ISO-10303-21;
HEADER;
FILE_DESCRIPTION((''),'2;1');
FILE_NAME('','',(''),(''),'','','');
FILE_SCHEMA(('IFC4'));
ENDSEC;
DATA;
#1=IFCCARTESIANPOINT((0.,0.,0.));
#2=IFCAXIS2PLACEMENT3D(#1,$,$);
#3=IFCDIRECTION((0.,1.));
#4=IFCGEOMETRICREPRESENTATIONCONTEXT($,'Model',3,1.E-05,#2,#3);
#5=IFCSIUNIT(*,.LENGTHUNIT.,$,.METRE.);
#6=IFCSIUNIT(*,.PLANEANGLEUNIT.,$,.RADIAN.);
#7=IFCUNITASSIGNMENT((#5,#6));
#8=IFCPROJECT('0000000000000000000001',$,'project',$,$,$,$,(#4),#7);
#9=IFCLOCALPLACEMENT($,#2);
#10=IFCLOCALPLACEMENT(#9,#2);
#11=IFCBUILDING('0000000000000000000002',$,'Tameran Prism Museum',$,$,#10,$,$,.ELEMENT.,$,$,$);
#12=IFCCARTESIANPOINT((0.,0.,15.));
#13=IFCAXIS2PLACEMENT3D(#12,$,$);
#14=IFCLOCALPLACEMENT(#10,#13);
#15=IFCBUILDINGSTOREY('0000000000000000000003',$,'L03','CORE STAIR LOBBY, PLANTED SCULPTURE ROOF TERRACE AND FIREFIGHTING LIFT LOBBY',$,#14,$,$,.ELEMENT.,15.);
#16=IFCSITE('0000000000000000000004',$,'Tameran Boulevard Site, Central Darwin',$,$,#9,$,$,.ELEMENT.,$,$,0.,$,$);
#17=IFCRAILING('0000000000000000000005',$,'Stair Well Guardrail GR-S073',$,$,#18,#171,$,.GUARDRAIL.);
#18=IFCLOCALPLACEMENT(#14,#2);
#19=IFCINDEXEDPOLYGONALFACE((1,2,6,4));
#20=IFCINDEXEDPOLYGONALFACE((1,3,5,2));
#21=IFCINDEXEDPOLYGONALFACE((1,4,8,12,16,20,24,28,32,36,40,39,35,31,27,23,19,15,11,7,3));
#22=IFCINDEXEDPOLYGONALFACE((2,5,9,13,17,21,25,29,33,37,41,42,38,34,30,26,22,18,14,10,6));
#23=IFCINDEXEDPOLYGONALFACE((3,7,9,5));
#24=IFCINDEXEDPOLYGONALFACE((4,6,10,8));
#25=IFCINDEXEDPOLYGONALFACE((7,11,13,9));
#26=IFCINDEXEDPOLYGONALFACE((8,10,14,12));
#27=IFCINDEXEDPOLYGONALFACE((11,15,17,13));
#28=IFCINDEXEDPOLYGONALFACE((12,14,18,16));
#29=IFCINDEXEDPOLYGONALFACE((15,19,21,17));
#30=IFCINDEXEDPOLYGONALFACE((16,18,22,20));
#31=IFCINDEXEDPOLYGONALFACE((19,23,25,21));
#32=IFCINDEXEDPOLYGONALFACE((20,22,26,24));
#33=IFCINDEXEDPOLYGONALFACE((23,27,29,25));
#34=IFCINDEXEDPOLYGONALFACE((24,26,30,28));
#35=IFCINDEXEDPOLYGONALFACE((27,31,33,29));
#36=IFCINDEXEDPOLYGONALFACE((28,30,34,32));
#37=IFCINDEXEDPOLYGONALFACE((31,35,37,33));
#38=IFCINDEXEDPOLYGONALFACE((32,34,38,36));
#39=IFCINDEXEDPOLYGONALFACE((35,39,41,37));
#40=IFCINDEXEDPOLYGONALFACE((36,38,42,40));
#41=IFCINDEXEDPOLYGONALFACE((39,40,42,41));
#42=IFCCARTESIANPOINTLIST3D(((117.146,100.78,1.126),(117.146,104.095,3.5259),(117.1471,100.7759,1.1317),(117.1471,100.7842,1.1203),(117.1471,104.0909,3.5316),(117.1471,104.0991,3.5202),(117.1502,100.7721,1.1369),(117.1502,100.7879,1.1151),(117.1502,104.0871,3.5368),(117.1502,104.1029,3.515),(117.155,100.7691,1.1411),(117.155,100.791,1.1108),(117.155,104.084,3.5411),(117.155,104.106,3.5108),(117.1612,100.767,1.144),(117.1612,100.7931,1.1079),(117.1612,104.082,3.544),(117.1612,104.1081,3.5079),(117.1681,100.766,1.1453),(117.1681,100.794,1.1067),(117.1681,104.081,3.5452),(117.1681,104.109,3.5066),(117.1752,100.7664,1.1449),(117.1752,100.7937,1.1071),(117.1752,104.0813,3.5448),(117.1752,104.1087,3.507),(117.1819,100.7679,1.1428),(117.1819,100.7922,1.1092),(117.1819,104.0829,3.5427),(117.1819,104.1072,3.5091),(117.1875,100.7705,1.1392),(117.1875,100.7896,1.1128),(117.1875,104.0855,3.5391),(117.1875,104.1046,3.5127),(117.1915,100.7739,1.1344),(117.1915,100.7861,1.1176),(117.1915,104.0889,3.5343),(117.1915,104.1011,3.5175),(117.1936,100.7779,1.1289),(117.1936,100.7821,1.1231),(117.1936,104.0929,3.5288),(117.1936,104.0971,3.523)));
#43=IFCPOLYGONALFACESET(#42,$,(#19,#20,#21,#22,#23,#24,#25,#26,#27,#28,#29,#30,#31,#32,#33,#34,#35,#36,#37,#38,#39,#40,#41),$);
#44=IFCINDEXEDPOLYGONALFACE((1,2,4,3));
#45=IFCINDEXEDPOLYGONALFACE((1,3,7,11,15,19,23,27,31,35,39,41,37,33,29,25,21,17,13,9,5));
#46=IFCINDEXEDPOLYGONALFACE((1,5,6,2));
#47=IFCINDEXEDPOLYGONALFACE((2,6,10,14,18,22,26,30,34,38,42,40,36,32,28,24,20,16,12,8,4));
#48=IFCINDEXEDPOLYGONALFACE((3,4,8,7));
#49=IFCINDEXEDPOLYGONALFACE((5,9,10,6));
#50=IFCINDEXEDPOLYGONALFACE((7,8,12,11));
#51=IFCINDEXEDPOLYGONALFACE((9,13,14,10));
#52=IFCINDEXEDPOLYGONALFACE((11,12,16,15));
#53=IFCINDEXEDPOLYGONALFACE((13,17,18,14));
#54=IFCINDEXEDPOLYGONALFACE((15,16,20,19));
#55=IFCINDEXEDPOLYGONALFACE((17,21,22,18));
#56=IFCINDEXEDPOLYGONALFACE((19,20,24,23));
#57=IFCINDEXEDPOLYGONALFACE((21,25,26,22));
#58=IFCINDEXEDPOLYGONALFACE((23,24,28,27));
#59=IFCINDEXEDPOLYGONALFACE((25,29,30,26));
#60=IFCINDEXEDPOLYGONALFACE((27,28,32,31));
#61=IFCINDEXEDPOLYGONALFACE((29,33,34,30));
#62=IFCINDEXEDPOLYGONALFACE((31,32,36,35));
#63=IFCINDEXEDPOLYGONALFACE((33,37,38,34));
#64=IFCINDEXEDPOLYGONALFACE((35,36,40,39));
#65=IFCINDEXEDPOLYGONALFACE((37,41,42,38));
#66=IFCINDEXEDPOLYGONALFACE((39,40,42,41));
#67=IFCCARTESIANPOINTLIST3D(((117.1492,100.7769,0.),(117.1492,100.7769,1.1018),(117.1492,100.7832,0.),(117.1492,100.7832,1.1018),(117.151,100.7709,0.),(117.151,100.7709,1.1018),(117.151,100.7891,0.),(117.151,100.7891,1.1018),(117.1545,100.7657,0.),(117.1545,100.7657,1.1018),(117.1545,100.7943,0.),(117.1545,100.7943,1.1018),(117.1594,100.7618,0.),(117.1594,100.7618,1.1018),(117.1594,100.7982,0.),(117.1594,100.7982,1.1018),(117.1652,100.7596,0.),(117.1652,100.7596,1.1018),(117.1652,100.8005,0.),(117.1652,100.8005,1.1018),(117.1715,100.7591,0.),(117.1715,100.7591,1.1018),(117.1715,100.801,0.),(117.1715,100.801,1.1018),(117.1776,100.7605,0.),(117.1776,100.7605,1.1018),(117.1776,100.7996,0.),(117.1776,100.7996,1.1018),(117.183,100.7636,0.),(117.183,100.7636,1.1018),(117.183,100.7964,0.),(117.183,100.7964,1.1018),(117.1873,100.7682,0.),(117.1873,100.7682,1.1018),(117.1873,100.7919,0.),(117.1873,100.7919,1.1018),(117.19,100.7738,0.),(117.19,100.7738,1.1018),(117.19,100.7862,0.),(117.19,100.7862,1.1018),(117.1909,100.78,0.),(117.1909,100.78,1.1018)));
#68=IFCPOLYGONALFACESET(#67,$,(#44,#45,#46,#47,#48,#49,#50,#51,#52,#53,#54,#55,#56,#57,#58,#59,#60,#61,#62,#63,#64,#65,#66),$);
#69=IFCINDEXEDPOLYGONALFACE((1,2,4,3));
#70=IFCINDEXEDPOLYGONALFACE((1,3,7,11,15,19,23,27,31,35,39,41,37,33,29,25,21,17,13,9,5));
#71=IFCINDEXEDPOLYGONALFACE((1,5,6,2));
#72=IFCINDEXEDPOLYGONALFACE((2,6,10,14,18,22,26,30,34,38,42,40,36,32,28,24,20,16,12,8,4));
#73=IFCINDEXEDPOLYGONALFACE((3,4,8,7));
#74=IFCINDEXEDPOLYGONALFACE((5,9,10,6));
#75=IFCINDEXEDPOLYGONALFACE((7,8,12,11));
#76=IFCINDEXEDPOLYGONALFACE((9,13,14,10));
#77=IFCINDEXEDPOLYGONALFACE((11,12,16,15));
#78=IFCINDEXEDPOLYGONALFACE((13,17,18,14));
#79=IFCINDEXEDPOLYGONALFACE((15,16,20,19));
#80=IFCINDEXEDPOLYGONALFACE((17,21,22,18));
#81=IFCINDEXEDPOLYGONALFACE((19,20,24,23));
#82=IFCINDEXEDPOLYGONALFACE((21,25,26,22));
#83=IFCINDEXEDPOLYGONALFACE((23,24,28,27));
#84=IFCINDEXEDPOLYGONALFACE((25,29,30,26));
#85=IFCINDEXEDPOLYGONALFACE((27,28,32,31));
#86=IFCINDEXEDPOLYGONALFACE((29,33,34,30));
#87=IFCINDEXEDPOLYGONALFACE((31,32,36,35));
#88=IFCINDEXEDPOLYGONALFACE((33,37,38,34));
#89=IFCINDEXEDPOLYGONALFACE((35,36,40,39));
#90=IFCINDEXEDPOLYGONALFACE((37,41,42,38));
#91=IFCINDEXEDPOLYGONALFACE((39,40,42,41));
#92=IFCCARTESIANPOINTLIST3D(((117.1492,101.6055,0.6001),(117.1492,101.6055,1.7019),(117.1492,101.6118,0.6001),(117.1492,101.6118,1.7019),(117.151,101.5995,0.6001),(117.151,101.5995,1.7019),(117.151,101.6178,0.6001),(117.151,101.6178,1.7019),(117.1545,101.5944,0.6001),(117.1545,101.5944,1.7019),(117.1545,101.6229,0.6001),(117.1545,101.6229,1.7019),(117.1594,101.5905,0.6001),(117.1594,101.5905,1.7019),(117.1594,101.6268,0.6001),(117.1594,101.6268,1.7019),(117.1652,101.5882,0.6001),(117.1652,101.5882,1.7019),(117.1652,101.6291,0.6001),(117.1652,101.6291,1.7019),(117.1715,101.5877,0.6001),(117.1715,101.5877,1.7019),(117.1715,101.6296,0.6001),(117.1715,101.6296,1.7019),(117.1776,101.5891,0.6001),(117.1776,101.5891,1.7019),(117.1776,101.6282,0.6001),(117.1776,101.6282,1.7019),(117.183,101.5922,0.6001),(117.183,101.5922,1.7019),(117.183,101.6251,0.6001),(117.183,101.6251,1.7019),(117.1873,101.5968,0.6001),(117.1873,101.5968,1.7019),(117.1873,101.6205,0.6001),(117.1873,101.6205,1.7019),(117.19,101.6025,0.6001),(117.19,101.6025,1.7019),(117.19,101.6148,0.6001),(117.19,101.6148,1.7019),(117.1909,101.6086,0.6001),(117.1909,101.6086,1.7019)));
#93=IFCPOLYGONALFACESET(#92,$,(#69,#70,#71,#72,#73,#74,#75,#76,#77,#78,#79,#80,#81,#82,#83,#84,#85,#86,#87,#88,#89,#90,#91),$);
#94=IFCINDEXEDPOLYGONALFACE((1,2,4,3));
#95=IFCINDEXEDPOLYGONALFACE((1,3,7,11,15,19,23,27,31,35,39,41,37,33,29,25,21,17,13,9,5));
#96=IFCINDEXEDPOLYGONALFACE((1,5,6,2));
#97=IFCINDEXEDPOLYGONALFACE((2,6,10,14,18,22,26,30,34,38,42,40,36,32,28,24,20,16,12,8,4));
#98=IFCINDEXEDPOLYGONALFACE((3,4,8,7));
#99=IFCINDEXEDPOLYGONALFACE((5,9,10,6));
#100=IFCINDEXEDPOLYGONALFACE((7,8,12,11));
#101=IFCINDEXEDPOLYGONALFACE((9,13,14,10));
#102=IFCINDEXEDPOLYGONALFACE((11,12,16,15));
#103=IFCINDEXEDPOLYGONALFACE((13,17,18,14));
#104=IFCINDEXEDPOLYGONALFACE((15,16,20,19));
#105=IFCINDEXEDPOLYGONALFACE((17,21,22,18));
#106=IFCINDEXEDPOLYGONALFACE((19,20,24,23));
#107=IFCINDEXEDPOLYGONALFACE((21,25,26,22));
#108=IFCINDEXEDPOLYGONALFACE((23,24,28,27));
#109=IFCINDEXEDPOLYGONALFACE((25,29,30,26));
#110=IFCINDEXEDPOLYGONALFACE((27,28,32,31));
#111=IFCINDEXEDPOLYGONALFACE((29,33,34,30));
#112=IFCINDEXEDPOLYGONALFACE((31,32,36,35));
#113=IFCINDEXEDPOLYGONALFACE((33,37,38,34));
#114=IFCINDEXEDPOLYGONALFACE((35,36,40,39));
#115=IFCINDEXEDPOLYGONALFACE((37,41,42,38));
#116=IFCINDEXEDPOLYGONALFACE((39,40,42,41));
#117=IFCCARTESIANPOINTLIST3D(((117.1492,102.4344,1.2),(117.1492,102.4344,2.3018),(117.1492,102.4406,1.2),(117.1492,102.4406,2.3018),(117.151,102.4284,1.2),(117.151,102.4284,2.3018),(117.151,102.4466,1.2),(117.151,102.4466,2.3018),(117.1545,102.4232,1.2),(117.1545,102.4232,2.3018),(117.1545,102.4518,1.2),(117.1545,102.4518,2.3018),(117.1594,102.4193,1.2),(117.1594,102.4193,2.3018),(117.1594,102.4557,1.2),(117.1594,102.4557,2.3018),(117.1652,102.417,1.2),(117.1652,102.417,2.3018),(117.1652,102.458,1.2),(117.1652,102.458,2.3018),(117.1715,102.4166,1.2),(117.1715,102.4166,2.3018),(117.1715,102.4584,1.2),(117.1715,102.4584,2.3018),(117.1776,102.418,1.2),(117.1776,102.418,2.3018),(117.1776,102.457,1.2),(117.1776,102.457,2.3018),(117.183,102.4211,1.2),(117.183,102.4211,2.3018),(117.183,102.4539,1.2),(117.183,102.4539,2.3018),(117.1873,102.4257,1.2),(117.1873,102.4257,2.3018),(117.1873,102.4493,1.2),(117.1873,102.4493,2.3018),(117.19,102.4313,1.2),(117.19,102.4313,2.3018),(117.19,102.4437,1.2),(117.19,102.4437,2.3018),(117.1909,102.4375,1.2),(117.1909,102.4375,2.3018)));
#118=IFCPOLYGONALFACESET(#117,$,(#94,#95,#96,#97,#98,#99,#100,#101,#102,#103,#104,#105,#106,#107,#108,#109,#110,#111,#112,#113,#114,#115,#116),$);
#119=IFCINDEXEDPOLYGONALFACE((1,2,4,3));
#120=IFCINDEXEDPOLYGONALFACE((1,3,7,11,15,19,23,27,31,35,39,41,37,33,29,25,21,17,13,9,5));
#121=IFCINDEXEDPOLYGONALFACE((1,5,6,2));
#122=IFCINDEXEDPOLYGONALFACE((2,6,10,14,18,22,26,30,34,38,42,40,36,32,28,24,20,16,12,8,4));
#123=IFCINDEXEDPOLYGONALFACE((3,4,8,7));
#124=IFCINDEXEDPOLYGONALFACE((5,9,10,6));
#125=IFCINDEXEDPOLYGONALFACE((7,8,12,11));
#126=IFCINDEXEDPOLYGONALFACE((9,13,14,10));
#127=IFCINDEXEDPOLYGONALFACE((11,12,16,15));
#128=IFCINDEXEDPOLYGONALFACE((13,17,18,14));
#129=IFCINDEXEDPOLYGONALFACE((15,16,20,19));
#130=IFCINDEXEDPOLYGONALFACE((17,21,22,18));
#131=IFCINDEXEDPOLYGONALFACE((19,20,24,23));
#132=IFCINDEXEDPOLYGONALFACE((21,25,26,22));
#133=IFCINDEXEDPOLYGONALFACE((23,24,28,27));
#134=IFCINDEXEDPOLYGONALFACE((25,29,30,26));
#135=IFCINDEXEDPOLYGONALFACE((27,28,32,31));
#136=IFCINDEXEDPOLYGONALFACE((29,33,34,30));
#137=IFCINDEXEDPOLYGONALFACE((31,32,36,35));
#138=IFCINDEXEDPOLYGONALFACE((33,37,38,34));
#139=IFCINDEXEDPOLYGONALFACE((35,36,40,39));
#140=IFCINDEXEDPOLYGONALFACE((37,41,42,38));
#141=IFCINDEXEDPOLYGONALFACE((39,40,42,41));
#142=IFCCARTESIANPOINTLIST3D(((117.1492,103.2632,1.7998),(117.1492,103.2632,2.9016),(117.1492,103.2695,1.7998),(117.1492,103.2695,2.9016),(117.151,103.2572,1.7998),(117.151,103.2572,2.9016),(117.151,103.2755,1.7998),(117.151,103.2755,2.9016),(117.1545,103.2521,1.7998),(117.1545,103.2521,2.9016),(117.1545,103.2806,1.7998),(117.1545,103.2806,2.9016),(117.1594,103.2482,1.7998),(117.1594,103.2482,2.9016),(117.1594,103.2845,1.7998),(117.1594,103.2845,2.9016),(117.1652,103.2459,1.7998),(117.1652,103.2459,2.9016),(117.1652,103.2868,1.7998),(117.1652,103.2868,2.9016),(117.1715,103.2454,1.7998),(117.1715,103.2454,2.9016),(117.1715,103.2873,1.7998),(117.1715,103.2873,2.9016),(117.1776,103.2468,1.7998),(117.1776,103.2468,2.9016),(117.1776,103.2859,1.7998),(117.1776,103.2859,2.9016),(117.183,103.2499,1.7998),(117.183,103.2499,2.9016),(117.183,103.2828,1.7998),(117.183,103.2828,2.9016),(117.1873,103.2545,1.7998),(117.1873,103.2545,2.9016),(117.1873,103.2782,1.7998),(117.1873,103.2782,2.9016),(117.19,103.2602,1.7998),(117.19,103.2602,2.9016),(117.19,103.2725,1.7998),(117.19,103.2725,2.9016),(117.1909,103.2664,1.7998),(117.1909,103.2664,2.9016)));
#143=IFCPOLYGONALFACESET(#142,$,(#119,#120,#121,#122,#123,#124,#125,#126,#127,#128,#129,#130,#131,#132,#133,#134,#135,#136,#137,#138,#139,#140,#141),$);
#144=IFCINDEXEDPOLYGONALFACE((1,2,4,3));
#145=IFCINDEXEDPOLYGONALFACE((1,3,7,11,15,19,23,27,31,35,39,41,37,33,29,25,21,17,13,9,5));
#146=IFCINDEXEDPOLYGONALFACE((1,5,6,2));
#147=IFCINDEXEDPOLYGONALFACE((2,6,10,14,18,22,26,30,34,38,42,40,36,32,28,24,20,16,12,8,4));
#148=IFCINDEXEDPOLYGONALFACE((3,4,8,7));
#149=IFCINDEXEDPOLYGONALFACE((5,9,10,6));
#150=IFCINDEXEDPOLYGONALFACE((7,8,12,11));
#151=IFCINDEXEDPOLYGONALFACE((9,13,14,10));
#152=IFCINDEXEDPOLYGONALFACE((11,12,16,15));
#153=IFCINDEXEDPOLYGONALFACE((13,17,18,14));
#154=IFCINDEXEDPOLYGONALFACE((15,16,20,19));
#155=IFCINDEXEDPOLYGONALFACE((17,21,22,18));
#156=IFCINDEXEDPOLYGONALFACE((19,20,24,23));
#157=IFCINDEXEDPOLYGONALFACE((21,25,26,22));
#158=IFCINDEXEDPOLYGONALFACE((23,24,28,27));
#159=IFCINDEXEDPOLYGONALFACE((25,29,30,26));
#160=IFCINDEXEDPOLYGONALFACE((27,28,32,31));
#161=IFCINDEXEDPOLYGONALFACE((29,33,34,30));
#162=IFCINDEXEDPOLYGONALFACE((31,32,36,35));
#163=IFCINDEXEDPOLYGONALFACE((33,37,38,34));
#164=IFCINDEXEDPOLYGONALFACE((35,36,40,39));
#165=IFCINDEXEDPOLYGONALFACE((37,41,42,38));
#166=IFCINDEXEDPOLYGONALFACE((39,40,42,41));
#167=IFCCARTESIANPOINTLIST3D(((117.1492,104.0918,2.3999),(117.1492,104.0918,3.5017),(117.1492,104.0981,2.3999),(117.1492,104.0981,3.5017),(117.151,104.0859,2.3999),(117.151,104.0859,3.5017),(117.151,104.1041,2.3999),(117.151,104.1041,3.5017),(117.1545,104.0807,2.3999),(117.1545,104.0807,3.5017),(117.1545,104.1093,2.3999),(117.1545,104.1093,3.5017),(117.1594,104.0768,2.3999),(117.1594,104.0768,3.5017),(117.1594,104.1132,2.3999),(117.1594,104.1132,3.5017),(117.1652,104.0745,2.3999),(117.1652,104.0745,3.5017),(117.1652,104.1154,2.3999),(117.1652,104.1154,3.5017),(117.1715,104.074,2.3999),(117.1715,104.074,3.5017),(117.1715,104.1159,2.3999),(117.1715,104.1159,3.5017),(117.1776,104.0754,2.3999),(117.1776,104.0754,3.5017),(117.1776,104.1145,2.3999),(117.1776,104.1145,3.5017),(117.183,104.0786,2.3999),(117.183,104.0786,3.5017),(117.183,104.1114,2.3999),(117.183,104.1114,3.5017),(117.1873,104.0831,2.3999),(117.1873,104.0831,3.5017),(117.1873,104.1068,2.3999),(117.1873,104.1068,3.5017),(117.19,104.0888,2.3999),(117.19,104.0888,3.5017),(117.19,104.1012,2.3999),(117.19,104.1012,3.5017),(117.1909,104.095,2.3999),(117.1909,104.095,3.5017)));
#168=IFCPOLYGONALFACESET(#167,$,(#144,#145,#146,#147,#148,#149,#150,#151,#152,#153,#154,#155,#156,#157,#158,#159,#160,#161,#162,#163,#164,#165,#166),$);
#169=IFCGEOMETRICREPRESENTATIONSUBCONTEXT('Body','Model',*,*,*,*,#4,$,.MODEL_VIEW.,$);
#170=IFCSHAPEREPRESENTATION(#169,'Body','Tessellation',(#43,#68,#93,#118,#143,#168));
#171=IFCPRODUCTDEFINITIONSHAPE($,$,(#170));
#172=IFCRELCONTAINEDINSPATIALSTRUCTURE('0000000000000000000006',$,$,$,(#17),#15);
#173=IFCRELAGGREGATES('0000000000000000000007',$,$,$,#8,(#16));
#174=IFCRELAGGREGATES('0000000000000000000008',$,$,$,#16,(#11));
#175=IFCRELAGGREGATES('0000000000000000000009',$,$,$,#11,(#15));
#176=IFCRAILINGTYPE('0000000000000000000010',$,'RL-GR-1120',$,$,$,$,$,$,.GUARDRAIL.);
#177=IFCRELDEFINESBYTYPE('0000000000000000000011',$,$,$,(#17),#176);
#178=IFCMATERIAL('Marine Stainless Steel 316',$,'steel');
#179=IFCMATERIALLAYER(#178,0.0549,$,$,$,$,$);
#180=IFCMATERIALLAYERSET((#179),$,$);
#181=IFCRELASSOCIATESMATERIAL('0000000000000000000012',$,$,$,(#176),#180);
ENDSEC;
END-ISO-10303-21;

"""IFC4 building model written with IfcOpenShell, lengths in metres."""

from ifc_helpers import new_model, si_unit, direction, frame, origin, origin_2d, place, context, subcontext, project, spatial, circle, extrude, material, layer, layer_set, type_object, element, save


model = new_model("IFC4")

# Units and contexts
model_context = context("Model", 3, precision=1e-05, world=origin(), true_north=direction((0.0, 1.0)))
body_context = subcontext(model_context, "Body", "Model", "MODEL_VIEW")
ifc_project = project(units=[si_unit("LENGTHUNIT", "METRE"), si_unit("PLANEANGLEUNIT", "RADIAN")], contexts=[model_context])

# Site, building, storey
site_placement = place(None, origin())
site = spatial("IfcSite", under=ifc_project, at=site_placement, Name="Tameran Boulevard Site, Central Darwin", CompositionType="ELEMENT", RefElevation=0.0)
building_placement = place(site_placement, origin())
building = spatial("IfcBuilding", under=site, at=building_placement, Name="Tameran Prism Museum", CompositionType="ELEMENT")
storey_placement = place(building_placement, frame((0.0, 0.0, 15.0)))
storey = spatial("IfcBuildingStorey", under=building, at=storey_placement, Name="L03", Description="CORE STAIR LOBBY, PLANTED SCULPTURE ROOF TERRACE AND FIREFIGHTING LIFT LOBBY", CompositionType="ELEMENT", Elevation=15.0)

# Railing
ifc_material_1 = material(Name="Marine Stainless Steel 316", Category="steel")
ifc_layer_1 = layer(ifc_material_1, 0.0549)
ifc_layer_set_1 = layer_set([ifc_layer_1])
railing_type_1 = type_object("IfcRailingType", Name="RL-GR-1120", PredefinedType="GUARDRAIL", material=ifc_layer_set_1)
railing_1_placement = place(storey_placement, frame((117.1699, 100.78, 0.0)))
element("IfcRailing", 1, at=railing_1_placement, inside=storey, type_object=railing_type_1, Name="Stair Well Guardrail GR-S073", PredefinedType="GUARDRAIL", context=body_context, shape_type="SweptSolid", body=[
    extrude(circle(Radius=0.0239, at=origin_2d()), frame((0.0, 0.0, 1.126), z_axis=(0.0, 0.810009, 0.586418), x_axis=(-1.0, 0.0, 0.0)), (0.0, 0.0, 1.0), 4.0925),
    extrude(circle(Radius=0.021, at=origin_2d()), origin(), (0.0, 0.0, 1.0), 1.1018),
    extrude(circle(Radius=0.021, at=origin_2d()), frame((0.0, 0.8286, 0.6001)), (0.0, 0.0, 1.0), 1.1018),
    extrude(circle(Radius=0.021, at=origin_2d()), frame((0.0, 1.6575, 1.2)), (0.0, 0.0, 1.0), 1.1018),
    extrude(circle(Radius=0.021, at=origin_2d()), frame((0.0, 2.4863, 1.7998)), (0.0, 0.0, 1.0), 1.1018),
    extrude(circle(Radius=0.021, at=origin_2d()), frame((0.0, 3.3149, 2.3999)), (0.0, 0.0, 1.0), 1.1018),
])

save(model, "model.ifc")
